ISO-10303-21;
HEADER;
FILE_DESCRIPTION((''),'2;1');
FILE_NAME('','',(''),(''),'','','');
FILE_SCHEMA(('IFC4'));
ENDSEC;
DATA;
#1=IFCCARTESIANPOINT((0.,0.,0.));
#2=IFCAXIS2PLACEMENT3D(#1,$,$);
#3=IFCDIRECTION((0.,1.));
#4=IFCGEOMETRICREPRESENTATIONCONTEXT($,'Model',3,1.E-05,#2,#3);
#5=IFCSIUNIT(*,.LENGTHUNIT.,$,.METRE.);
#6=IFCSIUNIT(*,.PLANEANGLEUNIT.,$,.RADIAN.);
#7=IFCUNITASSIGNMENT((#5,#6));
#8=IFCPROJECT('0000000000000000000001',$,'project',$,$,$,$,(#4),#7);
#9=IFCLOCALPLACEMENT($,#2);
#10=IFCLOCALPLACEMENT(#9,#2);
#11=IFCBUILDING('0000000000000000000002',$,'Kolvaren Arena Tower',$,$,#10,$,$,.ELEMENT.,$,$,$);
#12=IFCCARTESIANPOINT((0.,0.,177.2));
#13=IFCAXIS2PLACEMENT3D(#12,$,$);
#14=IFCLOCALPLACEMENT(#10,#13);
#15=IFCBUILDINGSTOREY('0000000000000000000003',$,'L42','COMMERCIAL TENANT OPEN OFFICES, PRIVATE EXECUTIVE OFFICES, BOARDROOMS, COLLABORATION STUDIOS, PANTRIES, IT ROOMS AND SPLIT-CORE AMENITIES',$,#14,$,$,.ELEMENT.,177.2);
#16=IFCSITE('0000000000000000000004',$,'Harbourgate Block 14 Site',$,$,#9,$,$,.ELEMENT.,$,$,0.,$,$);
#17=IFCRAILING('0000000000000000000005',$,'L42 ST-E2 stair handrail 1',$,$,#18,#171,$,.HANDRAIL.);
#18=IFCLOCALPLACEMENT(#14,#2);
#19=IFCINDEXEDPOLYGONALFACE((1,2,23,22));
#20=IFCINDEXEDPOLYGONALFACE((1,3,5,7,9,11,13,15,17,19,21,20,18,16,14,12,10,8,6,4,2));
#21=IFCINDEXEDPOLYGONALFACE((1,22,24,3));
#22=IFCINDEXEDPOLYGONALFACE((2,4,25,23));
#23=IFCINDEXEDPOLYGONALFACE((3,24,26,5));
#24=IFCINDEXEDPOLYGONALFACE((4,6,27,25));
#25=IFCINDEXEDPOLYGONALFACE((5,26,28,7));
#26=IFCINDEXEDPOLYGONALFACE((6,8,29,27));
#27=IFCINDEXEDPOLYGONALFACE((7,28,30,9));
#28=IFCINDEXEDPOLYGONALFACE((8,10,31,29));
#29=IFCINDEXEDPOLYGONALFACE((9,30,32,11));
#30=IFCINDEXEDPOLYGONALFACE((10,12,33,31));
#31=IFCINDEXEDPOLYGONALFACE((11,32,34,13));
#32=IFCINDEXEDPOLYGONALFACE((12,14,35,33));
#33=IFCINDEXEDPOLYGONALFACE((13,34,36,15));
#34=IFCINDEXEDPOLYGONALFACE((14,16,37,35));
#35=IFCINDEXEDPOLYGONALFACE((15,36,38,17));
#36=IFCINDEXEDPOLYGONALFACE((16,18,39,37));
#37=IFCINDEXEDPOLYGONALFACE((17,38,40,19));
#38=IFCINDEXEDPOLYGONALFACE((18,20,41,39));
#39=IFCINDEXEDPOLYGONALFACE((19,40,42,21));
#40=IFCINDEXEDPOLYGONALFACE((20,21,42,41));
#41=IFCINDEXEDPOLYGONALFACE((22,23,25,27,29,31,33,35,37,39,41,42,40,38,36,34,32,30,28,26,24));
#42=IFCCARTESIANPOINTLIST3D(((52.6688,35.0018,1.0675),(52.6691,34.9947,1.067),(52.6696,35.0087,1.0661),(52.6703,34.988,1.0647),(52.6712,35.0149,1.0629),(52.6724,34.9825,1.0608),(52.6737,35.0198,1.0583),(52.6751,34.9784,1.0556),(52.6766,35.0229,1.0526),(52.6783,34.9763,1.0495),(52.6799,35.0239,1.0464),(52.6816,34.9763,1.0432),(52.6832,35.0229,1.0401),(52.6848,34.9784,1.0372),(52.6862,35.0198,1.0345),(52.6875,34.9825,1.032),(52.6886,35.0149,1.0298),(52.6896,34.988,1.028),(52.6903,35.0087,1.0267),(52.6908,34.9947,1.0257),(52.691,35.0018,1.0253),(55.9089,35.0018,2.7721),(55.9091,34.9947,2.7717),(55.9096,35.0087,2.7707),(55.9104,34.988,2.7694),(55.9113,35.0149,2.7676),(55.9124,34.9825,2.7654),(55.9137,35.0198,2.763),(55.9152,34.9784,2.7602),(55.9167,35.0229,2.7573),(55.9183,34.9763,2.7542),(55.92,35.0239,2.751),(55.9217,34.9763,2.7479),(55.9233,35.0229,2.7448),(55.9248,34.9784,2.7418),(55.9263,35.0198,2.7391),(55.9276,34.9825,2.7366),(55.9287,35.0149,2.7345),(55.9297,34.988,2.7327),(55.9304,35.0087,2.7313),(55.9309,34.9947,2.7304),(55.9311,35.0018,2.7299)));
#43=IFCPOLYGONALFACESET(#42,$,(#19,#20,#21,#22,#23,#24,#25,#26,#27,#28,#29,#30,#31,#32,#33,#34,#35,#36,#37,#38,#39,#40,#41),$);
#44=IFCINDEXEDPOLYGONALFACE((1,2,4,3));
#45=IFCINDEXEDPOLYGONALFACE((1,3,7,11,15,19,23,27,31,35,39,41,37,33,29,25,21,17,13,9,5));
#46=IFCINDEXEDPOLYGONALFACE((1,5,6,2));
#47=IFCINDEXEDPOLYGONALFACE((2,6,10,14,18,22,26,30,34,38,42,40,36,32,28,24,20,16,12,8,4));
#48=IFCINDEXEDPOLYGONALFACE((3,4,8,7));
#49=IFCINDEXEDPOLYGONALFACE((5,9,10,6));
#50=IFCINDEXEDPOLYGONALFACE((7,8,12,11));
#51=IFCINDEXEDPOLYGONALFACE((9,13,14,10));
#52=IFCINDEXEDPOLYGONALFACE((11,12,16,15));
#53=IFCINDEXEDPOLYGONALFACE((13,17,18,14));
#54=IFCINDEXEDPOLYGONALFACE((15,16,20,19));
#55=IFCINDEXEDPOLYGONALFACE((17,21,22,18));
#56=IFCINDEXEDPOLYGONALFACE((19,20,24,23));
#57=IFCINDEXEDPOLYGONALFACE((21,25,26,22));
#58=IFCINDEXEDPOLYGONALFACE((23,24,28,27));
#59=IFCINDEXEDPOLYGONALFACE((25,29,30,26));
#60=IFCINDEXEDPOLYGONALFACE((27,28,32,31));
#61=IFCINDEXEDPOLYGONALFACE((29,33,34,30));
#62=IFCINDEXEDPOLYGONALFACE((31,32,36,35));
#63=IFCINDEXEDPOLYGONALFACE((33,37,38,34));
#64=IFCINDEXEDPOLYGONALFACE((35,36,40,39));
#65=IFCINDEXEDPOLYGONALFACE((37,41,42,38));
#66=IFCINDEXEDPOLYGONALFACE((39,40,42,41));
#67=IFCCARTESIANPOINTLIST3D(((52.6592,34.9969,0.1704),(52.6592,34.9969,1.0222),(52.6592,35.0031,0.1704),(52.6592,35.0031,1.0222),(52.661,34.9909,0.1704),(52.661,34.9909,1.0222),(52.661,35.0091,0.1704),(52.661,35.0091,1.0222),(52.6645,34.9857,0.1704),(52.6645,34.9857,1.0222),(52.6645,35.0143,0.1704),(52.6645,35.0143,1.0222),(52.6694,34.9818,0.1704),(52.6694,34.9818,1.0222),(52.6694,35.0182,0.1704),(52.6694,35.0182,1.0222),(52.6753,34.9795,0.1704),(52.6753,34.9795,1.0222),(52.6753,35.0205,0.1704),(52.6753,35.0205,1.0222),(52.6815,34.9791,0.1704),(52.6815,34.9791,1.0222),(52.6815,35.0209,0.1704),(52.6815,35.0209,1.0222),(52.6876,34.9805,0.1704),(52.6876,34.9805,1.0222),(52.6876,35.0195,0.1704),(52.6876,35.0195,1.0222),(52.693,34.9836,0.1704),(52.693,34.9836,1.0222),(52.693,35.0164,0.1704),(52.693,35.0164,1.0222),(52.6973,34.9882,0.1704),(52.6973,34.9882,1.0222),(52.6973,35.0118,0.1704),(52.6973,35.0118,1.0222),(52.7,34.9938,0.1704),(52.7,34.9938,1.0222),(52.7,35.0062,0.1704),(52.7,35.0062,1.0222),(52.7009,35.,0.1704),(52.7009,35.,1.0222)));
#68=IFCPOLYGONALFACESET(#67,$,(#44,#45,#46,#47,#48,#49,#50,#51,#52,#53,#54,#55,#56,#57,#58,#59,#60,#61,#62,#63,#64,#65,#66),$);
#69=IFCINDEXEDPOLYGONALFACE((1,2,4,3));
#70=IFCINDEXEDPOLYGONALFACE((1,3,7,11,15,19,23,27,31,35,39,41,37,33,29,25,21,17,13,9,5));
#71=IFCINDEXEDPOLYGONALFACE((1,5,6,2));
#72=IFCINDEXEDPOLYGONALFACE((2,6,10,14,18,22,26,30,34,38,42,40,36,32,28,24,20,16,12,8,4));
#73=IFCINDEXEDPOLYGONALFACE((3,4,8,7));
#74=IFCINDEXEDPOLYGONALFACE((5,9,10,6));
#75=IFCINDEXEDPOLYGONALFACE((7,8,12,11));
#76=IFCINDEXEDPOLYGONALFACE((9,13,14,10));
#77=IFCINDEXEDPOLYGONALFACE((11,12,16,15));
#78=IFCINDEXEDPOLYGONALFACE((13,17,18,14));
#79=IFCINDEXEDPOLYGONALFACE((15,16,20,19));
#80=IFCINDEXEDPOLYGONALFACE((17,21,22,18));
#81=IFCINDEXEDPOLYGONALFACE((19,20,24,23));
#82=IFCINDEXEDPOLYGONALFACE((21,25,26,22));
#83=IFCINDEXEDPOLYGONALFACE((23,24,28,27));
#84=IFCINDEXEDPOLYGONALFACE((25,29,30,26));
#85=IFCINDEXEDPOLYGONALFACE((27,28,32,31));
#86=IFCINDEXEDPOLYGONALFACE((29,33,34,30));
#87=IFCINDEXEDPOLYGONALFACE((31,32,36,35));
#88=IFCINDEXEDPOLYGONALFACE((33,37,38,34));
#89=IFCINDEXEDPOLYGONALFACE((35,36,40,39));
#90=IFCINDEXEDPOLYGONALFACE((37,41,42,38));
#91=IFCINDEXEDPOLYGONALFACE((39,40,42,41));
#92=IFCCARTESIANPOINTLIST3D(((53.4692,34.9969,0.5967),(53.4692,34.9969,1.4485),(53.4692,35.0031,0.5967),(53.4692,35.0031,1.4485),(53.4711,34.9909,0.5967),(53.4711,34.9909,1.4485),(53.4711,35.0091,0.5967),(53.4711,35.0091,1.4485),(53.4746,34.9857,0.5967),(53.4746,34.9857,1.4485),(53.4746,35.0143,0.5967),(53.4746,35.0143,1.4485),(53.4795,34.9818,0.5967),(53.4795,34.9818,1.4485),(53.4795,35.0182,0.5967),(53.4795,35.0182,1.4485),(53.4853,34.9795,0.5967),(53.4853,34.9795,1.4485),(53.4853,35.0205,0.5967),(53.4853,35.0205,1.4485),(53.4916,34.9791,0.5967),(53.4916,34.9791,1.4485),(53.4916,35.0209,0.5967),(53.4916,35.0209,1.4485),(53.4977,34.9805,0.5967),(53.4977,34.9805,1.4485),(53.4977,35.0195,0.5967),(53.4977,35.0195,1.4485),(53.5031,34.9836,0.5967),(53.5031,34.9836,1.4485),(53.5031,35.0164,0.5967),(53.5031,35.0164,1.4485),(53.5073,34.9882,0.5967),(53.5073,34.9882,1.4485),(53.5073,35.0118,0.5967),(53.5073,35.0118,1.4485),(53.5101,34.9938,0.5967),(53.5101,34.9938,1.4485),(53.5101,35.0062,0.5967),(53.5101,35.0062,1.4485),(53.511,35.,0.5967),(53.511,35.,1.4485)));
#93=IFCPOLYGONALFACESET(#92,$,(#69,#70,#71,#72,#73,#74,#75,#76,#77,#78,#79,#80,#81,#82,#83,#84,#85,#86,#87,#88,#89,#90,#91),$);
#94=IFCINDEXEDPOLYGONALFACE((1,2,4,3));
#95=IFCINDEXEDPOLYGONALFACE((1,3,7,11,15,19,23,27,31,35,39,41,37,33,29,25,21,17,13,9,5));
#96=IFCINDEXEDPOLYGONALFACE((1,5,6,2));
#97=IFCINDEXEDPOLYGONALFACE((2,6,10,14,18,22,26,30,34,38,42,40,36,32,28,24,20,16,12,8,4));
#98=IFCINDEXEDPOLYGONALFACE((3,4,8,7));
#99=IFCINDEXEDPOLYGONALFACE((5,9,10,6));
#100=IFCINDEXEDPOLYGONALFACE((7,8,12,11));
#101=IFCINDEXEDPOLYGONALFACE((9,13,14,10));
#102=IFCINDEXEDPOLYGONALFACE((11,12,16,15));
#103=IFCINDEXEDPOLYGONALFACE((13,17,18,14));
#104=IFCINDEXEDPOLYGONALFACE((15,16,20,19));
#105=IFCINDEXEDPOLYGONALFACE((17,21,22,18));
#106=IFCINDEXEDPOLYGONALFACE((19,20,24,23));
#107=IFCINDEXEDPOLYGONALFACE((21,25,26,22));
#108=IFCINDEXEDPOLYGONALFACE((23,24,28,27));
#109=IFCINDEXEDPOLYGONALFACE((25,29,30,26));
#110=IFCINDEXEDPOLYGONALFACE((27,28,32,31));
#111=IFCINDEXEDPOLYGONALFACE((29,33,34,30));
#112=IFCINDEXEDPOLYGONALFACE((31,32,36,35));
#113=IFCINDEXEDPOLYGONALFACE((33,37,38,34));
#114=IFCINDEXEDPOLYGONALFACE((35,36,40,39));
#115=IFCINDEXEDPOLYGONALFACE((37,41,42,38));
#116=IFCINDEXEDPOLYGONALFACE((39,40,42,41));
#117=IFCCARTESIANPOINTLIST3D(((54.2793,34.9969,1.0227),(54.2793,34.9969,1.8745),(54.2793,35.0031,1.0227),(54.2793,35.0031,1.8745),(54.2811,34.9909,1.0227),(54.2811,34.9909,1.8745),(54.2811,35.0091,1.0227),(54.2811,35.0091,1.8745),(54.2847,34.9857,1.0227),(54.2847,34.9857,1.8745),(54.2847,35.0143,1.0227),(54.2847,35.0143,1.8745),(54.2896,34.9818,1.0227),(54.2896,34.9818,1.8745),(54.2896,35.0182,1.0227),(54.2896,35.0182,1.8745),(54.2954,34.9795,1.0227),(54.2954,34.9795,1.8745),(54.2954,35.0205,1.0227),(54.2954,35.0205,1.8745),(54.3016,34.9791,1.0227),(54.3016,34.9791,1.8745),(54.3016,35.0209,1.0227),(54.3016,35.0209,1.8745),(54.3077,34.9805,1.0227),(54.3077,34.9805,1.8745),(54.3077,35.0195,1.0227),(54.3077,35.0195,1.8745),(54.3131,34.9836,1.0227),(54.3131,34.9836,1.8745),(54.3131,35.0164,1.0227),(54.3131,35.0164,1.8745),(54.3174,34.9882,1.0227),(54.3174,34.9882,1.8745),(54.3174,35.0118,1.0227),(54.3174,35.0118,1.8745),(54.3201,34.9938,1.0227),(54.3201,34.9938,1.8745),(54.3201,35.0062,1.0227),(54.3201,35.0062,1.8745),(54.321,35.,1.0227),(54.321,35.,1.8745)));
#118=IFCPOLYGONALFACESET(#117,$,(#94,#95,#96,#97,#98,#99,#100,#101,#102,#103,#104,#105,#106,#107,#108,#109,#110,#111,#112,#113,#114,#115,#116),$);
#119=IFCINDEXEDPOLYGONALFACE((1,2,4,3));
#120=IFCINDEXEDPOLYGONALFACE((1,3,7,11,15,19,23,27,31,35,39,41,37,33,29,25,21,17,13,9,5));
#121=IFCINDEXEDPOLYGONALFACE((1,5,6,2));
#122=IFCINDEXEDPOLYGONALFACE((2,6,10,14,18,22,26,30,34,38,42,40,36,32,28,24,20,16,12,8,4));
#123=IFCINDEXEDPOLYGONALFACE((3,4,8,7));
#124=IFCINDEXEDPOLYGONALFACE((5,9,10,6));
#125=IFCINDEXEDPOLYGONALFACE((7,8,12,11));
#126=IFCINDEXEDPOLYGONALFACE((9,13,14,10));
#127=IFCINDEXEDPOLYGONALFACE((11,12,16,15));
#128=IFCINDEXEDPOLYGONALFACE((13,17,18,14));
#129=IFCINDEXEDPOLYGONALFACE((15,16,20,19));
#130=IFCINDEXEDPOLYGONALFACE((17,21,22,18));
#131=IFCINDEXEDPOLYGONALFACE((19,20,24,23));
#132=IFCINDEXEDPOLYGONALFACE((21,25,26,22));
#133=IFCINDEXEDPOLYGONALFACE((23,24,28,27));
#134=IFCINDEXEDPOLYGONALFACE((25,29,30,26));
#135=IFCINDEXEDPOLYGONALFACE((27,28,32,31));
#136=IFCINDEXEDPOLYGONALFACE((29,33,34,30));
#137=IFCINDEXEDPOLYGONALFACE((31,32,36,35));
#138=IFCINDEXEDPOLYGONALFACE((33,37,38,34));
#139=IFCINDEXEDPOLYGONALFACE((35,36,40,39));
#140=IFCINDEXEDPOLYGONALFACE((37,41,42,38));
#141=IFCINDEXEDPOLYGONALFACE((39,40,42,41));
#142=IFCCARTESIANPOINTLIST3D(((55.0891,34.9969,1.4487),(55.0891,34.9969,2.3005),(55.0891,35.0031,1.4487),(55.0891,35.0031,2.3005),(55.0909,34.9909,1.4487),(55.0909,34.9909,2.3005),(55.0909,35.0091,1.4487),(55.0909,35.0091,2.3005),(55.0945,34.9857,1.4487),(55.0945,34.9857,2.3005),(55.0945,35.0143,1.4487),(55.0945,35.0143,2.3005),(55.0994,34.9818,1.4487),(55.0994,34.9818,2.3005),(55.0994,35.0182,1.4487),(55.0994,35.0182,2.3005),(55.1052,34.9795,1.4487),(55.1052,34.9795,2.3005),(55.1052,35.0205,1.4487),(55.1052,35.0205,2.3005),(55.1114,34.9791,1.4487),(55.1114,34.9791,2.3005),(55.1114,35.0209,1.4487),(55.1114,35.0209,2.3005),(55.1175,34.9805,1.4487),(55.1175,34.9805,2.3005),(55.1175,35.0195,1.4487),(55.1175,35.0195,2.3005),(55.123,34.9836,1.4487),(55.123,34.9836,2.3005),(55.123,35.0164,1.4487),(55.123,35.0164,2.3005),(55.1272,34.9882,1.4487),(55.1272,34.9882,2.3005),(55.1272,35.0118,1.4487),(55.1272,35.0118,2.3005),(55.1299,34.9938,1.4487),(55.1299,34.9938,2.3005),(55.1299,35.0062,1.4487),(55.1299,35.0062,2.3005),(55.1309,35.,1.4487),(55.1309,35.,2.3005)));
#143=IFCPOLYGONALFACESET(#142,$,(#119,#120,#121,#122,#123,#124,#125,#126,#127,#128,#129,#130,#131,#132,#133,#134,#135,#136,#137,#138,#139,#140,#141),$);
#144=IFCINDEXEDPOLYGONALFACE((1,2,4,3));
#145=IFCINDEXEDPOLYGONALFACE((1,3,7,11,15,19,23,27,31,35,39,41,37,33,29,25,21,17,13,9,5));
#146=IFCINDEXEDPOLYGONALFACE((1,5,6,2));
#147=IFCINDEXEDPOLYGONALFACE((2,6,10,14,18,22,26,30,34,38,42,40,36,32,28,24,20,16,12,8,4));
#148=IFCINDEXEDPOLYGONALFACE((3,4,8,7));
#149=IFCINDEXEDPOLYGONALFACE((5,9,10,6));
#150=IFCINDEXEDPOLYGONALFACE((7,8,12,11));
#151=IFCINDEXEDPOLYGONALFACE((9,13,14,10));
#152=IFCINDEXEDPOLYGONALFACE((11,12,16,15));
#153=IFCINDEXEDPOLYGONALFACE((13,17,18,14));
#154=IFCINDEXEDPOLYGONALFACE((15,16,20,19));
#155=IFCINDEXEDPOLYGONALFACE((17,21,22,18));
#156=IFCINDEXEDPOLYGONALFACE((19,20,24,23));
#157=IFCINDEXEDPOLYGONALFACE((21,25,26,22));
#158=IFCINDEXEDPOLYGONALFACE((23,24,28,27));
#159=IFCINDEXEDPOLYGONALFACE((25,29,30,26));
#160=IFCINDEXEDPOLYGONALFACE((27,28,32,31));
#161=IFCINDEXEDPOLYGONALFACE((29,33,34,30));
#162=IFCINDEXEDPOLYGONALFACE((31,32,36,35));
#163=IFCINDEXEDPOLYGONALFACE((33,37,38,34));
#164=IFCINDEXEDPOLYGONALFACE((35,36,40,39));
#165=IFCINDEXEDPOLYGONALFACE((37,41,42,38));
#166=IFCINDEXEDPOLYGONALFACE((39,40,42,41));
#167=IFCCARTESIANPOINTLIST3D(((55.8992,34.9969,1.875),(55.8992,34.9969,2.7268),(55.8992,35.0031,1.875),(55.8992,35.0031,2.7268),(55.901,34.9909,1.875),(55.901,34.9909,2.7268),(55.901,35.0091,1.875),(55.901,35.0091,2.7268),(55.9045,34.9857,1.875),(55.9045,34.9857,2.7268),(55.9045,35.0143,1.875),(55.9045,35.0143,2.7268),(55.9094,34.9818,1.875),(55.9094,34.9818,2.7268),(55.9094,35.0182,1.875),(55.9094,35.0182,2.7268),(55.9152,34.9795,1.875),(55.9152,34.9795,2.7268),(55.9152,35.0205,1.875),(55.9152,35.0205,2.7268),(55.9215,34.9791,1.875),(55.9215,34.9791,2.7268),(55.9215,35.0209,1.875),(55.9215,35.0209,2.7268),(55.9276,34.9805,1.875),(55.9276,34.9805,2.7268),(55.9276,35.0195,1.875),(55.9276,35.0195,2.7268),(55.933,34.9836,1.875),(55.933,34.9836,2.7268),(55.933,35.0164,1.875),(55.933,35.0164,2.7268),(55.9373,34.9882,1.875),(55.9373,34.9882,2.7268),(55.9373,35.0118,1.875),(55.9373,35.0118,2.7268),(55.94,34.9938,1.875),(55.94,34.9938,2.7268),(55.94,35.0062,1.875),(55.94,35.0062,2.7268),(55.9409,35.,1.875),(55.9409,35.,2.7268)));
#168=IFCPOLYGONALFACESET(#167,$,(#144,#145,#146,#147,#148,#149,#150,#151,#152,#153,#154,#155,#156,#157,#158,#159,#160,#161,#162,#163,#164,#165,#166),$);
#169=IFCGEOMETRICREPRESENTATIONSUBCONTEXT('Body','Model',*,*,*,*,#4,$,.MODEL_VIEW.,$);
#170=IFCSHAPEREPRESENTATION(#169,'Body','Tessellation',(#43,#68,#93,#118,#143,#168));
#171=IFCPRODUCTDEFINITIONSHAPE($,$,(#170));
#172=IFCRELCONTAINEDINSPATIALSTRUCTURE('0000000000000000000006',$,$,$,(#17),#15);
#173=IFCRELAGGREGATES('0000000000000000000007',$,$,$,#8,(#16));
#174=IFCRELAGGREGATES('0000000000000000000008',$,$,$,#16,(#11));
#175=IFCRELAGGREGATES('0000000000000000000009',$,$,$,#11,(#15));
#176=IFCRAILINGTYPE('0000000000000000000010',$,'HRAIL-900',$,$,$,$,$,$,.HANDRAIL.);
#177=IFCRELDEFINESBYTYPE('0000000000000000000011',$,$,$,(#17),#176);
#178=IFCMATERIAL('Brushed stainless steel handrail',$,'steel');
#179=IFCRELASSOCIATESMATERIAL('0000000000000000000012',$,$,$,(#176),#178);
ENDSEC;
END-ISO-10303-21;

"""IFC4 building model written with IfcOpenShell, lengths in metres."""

from ifc_helpers import new_model, si_unit, direction, frame, origin, origin_2d, place, context, subcontext, project, spatial, circle, extrude, material, type_object, element, save


model = new_model("IFC4")

# Units and contexts
model_context = context("Model", 3, precision=1e-05, world=origin(), true_north=direction((0.0, 1.0)))
body_context = subcontext(model_context, "Body", "Model", "MODEL_VIEW")
ifc_project = project(units=[si_unit("LENGTHUNIT", "METRE"), si_unit("PLANEANGLEUNIT", "RADIAN")], contexts=[model_context])

# Site, building, storey
site_placement = place(None, origin())
site = spatial("IfcSite", under=ifc_project, at=site_placement, Name="Harbourgate Block 14 Site", CompositionType="ELEMENT", RefElevation=0.0)
building_placement = place(site_placement, origin())
building = spatial("IfcBuilding", under=site, at=building_placement, Name="Kolvaren Arena Tower", CompositionType="ELEMENT")
storey_placement = place(building_placement, frame((0.0, 0.0, 177.2)))
storey = spatial("IfcBuildingStorey", under=building, at=storey_placement, Name="L42", Description="COMMERCIAL TENANT OPEN OFFICES, PRIVATE EXECUTIVE OFFICES, BOARDROOMS, COLLABORATION STUDIOS, PANTRIES, IT ROOMS AND SPLIT-CORE AMENITIES", CompositionType="ELEMENT", Elevation=177.2)

# Railing
ifc_material_1 = material(Name="Brushed stainless steel handrail", Category="steel")
railing_type_1 = type_object("IfcRailingType", Name="HRAIL-900", PredefinedType="HANDRAIL", material=ifc_material_1)
for number, where, name in (
    (1, (52.6799, 35.0, 0.1704), "L42 ST-E2 stair handrail 1"),
):
    element("IfcRailing", number, at=place(storey_placement, frame(where)), inside=storey, type_object=railing_type_1, Name=name, PredefinedType="HANDRAIL", context=body_context, shape_type="SweptSolid", body=[
        extrude(circle(Radius=0.0239, at=origin_2d()), frame((0.0, 0.0, 0.876), z_axis=(0.884993, 0.0, 0.465604), x_axis=(0.0, 1.0, 0.0)), (0.0, 0.0, 1.0), 3.6611),
        extrude(circle(Radius=0.021, at=origin_2d()), origin(), (0.0, 0.0, 1.0), 0.8518),
        extrude(circle(Radius=0.021, at=origin_2d()), frame((0.8101, 0.0, 0.4263)), (0.0, 0.0, 1.0), 0.8518),
        extrude(circle(Radius=0.021, at=origin_2d()), frame((1.6201, 0.0, 0.8523)), (0.0, 0.0, 1.0), 0.8518),
        extrude(circle(Radius=0.021, at=origin_2d()), frame((2.4299, 0.0, 1.2783)), (0.0, 0.0, 1.0), 0.8518),
        extrude(circle(Radius=0.021, at=origin_2d()), frame((3.24, 0.0, 1.7046)), (0.0, 0.0, 1.0), 0.8518),
    ])

save(model, "model.ifc")
